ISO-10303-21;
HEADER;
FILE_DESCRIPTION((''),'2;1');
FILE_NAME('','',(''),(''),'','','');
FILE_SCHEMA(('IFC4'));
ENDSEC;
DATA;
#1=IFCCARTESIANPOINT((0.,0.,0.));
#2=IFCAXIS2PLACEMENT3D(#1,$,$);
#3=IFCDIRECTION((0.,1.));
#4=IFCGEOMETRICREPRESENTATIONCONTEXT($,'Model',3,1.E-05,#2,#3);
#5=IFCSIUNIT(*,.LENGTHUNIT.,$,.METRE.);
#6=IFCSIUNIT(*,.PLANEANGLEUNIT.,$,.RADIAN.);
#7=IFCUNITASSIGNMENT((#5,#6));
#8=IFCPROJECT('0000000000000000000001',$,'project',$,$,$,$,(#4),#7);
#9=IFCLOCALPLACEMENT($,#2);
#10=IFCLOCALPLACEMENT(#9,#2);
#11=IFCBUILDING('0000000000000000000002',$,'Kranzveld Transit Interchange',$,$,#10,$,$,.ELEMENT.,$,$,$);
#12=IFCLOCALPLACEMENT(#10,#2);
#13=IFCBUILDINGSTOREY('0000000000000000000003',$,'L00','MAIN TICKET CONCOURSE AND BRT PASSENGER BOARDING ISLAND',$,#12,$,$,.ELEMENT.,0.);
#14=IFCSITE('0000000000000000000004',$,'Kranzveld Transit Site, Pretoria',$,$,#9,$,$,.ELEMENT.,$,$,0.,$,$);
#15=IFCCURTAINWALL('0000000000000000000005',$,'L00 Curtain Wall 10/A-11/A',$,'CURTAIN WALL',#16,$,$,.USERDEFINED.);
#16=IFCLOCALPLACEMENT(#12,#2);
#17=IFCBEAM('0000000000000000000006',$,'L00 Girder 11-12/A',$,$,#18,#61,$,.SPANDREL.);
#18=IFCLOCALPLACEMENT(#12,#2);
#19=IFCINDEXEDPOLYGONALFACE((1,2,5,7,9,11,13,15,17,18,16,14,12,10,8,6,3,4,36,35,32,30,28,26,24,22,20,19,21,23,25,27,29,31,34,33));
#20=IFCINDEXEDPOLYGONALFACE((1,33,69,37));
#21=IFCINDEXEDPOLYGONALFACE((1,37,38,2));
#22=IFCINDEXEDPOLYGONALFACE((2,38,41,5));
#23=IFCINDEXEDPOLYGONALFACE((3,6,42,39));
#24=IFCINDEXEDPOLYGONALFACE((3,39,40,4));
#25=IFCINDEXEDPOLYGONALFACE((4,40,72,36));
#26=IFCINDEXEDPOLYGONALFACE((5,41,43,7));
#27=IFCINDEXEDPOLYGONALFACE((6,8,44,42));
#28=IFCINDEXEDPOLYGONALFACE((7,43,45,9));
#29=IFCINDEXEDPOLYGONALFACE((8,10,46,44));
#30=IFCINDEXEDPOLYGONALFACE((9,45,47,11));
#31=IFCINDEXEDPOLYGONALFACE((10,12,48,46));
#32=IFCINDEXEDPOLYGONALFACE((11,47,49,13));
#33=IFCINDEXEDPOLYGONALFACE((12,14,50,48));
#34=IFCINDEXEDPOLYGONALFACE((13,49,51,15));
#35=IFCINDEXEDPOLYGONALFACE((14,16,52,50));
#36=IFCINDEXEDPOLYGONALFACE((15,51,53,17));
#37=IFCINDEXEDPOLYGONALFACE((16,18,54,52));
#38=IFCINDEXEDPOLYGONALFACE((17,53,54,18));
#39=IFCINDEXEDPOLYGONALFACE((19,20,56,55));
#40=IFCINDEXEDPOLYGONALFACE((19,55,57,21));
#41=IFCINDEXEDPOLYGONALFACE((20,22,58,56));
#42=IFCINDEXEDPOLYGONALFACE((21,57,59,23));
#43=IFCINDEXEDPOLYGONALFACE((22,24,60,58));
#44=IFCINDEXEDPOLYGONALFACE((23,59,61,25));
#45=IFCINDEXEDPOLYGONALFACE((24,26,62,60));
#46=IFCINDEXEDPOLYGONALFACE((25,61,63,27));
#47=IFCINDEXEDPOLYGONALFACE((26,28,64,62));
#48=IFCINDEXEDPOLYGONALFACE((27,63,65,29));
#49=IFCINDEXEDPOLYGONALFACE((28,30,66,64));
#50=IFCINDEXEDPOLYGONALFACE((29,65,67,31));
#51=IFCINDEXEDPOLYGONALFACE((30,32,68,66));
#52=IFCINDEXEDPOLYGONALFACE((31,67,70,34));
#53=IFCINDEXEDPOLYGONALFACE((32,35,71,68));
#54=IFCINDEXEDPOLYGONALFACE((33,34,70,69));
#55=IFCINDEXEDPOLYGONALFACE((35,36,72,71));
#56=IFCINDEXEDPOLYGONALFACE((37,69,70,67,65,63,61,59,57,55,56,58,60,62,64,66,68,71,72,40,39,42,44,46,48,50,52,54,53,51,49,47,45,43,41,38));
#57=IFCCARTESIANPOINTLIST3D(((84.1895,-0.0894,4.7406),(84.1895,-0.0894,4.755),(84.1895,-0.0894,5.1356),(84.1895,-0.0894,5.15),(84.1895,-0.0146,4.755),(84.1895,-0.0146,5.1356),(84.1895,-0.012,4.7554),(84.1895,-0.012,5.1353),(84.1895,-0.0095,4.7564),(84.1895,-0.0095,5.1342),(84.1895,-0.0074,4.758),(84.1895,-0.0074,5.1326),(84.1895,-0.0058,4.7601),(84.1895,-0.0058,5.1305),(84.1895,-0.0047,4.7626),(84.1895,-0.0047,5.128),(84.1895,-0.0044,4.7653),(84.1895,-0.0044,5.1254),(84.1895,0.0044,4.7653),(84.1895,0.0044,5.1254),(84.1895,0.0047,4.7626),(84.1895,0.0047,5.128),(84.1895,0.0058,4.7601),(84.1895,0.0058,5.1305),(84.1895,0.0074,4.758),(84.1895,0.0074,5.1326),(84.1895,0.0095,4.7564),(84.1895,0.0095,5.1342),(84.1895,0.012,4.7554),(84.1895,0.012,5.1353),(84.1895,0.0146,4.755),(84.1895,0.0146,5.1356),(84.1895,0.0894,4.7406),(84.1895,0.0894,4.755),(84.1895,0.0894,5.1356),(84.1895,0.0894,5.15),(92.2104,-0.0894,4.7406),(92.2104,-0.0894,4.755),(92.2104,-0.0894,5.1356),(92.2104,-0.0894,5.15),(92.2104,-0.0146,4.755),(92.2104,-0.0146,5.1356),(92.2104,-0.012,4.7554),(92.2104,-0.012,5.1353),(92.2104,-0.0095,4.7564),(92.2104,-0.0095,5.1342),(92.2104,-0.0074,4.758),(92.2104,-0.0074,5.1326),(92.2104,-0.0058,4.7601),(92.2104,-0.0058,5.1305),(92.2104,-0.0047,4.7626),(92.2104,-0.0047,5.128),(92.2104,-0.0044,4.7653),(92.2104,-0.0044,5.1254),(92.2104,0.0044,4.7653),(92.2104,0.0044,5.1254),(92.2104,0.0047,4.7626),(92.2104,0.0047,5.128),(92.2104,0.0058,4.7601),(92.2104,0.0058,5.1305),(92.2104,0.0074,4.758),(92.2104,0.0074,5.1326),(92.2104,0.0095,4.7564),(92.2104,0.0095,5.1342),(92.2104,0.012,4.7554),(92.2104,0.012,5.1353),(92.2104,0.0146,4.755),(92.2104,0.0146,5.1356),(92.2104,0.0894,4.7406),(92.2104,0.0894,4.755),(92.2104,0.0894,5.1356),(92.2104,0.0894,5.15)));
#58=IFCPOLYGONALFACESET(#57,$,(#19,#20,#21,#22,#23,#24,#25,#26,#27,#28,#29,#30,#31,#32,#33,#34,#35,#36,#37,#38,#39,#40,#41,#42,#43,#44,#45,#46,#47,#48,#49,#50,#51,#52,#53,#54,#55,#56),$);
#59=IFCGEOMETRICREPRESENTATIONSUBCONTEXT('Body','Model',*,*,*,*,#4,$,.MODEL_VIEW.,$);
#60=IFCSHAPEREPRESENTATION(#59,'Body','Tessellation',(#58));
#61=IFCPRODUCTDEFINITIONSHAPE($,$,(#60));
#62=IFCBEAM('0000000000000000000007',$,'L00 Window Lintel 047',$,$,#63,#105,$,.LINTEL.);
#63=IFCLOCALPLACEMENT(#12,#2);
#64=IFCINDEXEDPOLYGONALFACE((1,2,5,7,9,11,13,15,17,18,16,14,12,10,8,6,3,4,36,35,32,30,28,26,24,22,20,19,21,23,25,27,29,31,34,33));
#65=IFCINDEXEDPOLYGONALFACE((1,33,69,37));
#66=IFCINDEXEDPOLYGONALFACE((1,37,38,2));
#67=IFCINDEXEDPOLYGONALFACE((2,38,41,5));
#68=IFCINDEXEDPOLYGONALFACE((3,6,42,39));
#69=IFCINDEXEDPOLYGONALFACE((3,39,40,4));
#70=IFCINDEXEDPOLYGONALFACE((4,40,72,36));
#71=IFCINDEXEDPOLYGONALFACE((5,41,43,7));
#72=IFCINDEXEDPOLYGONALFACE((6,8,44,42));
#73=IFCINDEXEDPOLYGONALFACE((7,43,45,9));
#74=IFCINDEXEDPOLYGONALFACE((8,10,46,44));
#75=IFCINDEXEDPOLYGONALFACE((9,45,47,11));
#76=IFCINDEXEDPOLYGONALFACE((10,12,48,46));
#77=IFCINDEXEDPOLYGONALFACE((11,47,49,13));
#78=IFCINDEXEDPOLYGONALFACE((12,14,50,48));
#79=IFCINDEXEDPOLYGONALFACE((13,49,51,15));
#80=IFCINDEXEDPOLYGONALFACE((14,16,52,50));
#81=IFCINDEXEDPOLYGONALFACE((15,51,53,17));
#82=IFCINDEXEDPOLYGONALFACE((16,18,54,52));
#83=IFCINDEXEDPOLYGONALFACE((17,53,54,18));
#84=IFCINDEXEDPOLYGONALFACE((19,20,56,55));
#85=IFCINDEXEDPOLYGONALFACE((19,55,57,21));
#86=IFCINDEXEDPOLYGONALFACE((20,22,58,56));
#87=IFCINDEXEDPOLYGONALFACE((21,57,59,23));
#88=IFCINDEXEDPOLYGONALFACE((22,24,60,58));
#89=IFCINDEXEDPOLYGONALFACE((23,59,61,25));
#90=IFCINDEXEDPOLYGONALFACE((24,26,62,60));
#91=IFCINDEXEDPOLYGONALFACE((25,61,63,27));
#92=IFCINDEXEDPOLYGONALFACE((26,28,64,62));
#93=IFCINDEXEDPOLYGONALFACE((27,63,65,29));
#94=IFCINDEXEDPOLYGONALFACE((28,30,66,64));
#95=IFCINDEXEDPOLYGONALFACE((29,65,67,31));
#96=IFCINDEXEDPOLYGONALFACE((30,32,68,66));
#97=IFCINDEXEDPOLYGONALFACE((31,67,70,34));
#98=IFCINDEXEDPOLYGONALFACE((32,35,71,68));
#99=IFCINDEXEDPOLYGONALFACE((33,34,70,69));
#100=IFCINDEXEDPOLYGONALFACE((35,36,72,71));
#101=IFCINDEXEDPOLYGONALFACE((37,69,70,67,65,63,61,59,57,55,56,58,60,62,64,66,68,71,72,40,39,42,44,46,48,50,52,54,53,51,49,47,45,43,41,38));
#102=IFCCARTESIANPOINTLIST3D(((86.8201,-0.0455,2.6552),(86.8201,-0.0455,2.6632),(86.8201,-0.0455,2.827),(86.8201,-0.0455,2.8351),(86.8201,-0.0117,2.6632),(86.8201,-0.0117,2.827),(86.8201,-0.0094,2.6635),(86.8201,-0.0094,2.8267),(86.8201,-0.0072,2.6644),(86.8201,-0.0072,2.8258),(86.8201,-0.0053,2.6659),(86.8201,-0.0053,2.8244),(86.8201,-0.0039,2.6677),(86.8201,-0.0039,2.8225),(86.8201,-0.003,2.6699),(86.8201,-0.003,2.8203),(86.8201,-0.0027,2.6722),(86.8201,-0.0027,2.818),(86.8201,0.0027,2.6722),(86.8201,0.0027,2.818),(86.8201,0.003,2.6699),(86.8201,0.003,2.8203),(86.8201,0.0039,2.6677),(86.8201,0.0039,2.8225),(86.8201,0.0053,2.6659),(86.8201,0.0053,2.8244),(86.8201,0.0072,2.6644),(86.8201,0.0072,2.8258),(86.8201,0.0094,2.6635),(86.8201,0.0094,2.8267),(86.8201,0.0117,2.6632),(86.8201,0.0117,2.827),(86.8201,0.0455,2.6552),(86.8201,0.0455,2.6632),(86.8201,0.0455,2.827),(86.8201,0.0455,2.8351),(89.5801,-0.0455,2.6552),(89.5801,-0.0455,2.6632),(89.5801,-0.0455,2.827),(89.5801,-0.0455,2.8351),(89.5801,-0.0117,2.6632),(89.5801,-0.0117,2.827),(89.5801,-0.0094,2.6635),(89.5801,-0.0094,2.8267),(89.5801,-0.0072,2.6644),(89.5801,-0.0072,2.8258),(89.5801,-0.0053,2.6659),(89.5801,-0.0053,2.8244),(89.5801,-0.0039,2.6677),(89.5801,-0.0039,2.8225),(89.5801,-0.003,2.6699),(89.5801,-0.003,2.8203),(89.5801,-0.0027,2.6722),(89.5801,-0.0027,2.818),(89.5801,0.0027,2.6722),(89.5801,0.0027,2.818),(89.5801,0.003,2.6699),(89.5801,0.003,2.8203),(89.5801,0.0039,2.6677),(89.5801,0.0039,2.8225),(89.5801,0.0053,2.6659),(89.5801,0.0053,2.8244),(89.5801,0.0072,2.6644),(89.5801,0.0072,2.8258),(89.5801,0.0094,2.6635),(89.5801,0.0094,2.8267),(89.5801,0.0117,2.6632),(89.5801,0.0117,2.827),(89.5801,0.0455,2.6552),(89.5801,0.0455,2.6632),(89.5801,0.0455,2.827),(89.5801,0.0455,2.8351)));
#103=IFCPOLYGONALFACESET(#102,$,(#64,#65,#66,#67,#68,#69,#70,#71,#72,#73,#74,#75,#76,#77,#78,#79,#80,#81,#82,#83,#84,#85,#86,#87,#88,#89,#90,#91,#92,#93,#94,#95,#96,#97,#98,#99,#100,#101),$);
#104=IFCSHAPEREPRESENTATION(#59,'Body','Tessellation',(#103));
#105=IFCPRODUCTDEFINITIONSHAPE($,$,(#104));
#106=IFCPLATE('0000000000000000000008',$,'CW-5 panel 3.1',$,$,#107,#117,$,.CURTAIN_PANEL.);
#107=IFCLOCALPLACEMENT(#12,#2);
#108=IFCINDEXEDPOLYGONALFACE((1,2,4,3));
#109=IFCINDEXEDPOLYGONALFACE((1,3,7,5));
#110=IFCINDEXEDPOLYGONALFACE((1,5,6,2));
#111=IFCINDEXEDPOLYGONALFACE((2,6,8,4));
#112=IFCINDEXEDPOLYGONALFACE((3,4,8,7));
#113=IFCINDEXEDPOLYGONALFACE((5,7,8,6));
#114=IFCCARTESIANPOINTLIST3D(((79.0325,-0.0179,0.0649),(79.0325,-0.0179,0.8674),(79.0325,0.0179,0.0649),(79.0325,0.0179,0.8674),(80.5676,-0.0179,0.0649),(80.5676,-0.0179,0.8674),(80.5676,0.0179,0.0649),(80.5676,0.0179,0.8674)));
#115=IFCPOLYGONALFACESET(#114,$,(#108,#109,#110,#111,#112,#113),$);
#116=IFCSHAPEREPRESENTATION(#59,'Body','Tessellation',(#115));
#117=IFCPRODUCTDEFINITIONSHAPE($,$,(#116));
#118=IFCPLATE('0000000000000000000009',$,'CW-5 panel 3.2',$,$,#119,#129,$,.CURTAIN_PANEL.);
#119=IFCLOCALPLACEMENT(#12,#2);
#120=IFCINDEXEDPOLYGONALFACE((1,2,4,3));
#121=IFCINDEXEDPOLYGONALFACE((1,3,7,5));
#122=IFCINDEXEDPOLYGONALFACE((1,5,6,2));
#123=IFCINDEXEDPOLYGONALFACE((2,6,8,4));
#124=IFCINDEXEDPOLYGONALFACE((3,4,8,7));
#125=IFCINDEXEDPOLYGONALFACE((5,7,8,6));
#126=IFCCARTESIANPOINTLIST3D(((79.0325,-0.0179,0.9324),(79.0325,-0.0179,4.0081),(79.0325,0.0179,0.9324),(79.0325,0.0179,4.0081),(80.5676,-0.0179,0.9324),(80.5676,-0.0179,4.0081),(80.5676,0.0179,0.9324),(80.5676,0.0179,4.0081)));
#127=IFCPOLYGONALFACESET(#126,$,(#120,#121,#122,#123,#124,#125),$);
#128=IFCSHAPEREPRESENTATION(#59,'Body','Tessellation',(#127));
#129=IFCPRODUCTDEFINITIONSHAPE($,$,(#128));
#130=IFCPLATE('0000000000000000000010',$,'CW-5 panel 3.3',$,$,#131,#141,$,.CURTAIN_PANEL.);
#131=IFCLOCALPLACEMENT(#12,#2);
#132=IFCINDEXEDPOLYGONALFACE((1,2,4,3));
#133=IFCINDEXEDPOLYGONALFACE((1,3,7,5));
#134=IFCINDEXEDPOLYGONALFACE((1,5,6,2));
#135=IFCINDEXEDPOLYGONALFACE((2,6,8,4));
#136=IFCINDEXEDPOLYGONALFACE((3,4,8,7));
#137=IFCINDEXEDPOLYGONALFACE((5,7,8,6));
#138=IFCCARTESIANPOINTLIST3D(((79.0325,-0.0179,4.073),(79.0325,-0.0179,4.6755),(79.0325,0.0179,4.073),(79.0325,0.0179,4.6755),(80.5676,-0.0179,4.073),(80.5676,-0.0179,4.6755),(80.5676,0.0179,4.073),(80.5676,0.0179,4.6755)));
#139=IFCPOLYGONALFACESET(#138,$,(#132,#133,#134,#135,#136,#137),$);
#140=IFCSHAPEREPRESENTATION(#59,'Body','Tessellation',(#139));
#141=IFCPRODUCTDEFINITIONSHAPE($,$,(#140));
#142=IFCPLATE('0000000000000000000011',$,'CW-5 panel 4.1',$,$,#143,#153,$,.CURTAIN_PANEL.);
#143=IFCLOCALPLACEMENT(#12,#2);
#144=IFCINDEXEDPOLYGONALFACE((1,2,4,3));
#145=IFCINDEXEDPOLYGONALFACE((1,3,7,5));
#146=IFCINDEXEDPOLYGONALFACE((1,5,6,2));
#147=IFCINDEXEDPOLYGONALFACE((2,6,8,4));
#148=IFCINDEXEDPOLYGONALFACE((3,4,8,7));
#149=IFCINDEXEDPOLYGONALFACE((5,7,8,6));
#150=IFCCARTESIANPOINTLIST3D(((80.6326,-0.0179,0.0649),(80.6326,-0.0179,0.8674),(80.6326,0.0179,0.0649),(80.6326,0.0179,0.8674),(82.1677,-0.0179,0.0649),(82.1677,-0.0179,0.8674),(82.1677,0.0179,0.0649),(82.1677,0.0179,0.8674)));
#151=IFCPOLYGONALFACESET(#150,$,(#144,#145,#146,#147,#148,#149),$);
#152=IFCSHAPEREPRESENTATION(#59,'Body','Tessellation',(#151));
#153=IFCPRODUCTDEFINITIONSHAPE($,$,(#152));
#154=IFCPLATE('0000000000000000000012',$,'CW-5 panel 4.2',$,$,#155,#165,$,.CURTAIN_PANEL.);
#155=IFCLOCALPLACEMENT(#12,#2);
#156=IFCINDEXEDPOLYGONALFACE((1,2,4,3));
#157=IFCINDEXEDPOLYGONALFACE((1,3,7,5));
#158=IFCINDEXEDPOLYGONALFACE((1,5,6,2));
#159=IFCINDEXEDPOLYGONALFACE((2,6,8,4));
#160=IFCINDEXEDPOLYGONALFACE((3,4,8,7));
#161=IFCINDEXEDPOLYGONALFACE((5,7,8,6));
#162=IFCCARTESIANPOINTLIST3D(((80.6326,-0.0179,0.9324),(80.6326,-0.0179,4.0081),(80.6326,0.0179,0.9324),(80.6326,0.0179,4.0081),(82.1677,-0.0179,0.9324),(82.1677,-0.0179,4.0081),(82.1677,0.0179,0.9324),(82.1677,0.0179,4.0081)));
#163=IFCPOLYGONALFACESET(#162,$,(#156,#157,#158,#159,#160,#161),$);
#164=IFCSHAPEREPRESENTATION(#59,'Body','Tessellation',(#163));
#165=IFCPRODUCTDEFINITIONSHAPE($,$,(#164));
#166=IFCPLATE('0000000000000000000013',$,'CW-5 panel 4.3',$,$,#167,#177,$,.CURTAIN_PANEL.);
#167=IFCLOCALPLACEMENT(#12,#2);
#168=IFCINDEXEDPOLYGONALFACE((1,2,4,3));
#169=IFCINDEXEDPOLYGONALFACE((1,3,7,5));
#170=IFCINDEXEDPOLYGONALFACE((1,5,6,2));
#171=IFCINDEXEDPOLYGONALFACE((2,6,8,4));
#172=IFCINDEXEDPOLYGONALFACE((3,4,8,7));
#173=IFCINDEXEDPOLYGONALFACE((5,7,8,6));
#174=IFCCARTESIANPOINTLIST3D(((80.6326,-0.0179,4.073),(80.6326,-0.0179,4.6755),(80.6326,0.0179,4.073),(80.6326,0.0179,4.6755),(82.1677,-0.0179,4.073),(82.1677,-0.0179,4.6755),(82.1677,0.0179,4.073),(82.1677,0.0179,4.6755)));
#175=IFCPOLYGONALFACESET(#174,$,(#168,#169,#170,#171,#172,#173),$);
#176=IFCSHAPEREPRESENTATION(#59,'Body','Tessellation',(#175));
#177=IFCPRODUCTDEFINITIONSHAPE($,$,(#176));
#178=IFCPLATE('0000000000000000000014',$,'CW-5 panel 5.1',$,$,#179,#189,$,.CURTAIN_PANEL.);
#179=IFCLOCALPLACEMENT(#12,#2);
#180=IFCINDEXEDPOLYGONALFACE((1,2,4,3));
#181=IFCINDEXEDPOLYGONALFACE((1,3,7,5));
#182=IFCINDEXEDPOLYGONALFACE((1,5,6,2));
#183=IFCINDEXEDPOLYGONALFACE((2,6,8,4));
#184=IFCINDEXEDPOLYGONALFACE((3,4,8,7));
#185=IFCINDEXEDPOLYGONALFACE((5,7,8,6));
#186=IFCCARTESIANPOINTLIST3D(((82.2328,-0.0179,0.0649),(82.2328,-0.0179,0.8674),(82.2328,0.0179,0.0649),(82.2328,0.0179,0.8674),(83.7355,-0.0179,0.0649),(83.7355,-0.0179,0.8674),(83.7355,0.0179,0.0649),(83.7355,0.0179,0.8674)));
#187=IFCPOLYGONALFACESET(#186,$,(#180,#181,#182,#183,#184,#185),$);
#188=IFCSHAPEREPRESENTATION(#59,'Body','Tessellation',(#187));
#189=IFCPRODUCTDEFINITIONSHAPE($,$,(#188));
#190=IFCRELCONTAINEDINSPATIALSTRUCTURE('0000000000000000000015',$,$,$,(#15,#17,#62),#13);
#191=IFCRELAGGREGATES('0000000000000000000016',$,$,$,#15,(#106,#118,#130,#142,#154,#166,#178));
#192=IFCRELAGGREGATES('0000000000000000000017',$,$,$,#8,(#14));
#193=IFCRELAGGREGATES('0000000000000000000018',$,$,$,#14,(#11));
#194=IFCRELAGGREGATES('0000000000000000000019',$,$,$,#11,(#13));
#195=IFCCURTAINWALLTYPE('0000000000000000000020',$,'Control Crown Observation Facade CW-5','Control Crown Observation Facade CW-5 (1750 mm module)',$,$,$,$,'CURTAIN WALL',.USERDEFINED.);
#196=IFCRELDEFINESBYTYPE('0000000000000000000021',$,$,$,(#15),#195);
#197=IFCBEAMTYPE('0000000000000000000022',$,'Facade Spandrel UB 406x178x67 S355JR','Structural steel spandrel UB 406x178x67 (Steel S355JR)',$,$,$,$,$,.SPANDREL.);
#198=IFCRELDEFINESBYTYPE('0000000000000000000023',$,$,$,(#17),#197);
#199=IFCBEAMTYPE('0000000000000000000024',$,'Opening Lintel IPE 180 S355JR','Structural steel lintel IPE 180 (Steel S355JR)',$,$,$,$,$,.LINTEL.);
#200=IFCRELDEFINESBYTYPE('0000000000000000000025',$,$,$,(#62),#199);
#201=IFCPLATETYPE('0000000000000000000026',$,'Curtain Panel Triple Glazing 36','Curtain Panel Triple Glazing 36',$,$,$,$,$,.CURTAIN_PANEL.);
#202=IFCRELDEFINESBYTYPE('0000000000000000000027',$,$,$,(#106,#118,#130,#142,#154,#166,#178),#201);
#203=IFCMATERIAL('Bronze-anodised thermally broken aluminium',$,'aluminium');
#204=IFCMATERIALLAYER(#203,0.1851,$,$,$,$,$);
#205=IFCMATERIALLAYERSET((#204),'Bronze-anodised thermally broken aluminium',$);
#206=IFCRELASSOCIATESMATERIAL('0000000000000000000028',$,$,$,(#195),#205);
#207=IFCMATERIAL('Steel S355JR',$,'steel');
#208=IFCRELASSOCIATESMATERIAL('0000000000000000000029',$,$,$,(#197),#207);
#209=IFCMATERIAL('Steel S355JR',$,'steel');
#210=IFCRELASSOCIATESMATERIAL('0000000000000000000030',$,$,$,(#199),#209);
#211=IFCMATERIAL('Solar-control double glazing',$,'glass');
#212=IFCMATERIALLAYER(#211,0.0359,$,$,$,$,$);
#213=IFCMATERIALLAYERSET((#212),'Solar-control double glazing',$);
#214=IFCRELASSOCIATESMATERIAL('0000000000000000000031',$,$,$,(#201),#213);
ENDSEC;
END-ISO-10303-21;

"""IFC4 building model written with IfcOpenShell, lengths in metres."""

from ifc_helpers import new_model, si_unit, direction, frame, origin, origin_2d, place, context, subcontext, project, spatial, rectangle, i_section, extrude, material, layer, layer_set, material_profile, profile_set, type_object, element, aggregate, save


model = new_model("IFC4")

# Units and contexts
model_context = context("Model", 3, precision=1e-05, world=origin(), true_north=direction((0.0, 1.0)))
body_context = subcontext(model_context, "Body", "Model", "MODEL_VIEW")
ifc_project = project(units=[si_unit("LENGTHUNIT", "METRE"), si_unit("PLANEANGLEUNIT", "RADIAN")], contexts=[model_context])

# Site, building, storey
site_placement = place(None, origin())
site = spatial("IfcSite", under=ifc_project, at=site_placement, Name="Kranzveld Transit Site, Pretoria", CompositionType="ELEMENT", RefElevation=0.0)
building_placement = place(site_placement, origin())
building = spatial("IfcBuilding", under=site, at=building_placement, Name="Kranzveld Transit Interchange", CompositionType="ELEMENT")
storey_placement = place(building_placement, origin())
storey = spatial("IfcBuildingStorey", under=building, at=storey_placement, Name="L00", Description="MAIN TICKET CONCOURSE AND BRT PASSENGER BOARDING ISLAND", CompositionType="ELEMENT", Elevation=0.0)

# Curtain wall
ifc_material_1 = material(Name="Bronze-anodised thermally broken aluminium", Category="aluminium")
ifc_layer_1 = layer(ifc_material_1, 0.1851)
ifc_layer_set_1 = layer_set([ifc_layer_1], Name="Bronze-anodised thermally broken aluminium")
curtain_wall_type = type_object("IfcCurtainWallType", Name="Control Crown Observation Facade CW-5", Description="Control Crown Observation Facade CW-5 (1750 mm module)", ElementType="CURTAIN WALL", PredefinedType="USERDEFINED", material=ifc_layer_set_1)
curtain_wall_placement = place(storey_placement, origin())
curtain_wall = element("IfcCurtainWall", 1, at=curtain_wall_placement, inside=storey, type_object=curtain_wall_type, Name="L00 Curtain Wall 10/A-11/A", ObjectType="CURTAIN WALL", PredefinedType="USERDEFINED")

# Beams
ifc_material_2 = material(Name="Steel S355JR", Category="steel")
ifc_material_profile_1 = material_profile(ifc_material_2, i_section(OverallWidth=0.1787, OverallDepth=0.4094, WebThickness=0.0088, FlangeThickness=0.0144, FilletRadius=0.0103, at=origin_2d()), Name="UB 406x178x67")
ifc_profile_set_1 = profile_set([ifc_material_profile_1], Name="Steel S355JR")
beam_type_1 = type_object("IfcBeamType", Name="Facade Spandrel UB 406x178x67 S355JR", Description="Structural steel spandrel UB 406x178x67 (Steel S355JR)", PredefinedType="SPANDREL", material=ifc_profile_set_1)
beam_1_placement = place(storey_placement, frame((84.1895, 0.0, 4.9453), z_axis=(1.0, 0.0, 0.0), x_axis=(0.0, 1.0, 0.0)))
element("IfcBeam", 2, at=beam_1_placement, inside=storey, type_object=beam_type_1, Name="L00 Girder 11-12/A", PredefinedType="SPANDREL", context=body_context, shape_type="SweptSolid", body=[
    extrude(i_section(OverallWidth=0.1787, OverallDepth=0.4094, WebThickness=0.0088, FlangeThickness=0.0144, FilletRadius=0.0103, at=origin_2d()), origin(), (0.0, 0.0, 1.0), 8.021),
])
ifc_material_3 = material(Name="Steel S355JR", Category="steel")
ifc_material_profile_2 = material_profile(ifc_material_3, i_section(OverallWidth=0.0911, OverallDepth=0.1799, WebThickness=0.0054, FlangeThickness=0.0081, FilletRadius=0.009, at=origin_2d()), Name="IPE 180")
ifc_profile_set_2 = profile_set([ifc_material_profile_2], Name="Steel S355JR")
beam_type_2 = type_object("IfcBeamType", Name="Opening Lintel IPE 180 S355JR", Description="Structural steel lintel IPE 180 (Steel S355JR)", PredefinedType="LINTEL", material=ifc_profile_set_2)
beam_2_placement = place(storey_placement, frame((86.8201, 0.0, 2.7451), z_axis=(1.0, 0.0, 0.0), x_axis=(0.0, 1.0, 0.0)))
element("IfcBeam", 3, at=beam_2_placement, inside=storey, type_object=beam_type_2, Name="L00 Window Lintel 047", PredefinedType="LINTEL", context=body_context, shape_type="SweptSolid", body=[
    extrude(i_section(OverallWidth=0.0911, OverallDepth=0.1799, WebThickness=0.0054, FlangeThickness=0.0081, FilletRadius=0.009, at=origin_2d()), origin(), (0.0, 0.0, 1.0), 2.76),
])

# Plates
ifc_material_4 = material(Name="Solar-control double glazing", Category="glass")
ifc_layer_2 = layer(ifc_material_4, 0.0359)
ifc_layer_set_2 = layer_set([ifc_layer_2], Name="Solar-control double glazing")
plate_type = type_object("IfcPlateType", Name="Curtain Panel Triple Glazing 36", Description="Curtain Panel Triple Glazing 36", PredefinedType="CURTAIN_PANEL", material=ifc_layer_set_2)
plate_1_placement = place(storey_placement, frame((79.8, 0.0, 0.0649), z_axis=(0.0, 0.0, 1.0), x_axis=(1.0, 0.0, 0.0)))
plate_1 = element("IfcPlate", 4, at=plate_1_placement, type_object=plate_type, Name="CW-5 panel 3.1", PredefinedType="CURTAIN_PANEL", context=body_context, shape_type="SweptSolid", body=[
    extrude(rectangle(XDim=1.5352, YDim=0.0359, at=origin_2d()), origin(), (0.0, 0.0, 1.0), 0.8025),
])
plate_2_placement = place(storey_placement, frame((79.8, 0.0, 0.9324), z_axis=(0.0, 0.0, 1.0), x_axis=(1.0, 0.0, 0.0)))
plate_2 = element("IfcPlate", 5, at=plate_2_placement, type_object=plate_type, Name="CW-5 panel 3.2", PredefinedType="CURTAIN_PANEL", context=body_context, shape_type="SweptSolid", body=[
    extrude(rectangle(XDim=1.5352, YDim=0.0359, at=origin_2d()), origin(), (0.0, 0.0, 1.0), 3.0757),
])
plate_3_placement = place(storey_placement, frame((79.8, 0.0, 4.073), z_axis=(0.0, 0.0, 1.0), x_axis=(1.0, 0.0, 0.0)))
plate_3 = element("IfcPlate", 6, at=plate_3_placement, type_object=plate_type, Name="CW-5 panel 3.3", PredefinedType="CURTAIN_PANEL", context=body_context, shape_type="SweptSolid", body=[
    extrude(rectangle(XDim=1.5352, YDim=0.0359, at=origin_2d()), origin(), (0.0, 0.0, 1.0), 0.6025),
])
plate_4_placement = place(storey_placement, frame((81.4001, 0.0, 0.0649), z_axis=(0.0, 0.0, 1.0), x_axis=(1.0, 0.0, 0.0)))
plate_4 = element("IfcPlate", 7, at=plate_4_placement, type_object=plate_type, Name="CW-5 panel 4.1", PredefinedType="CURTAIN_PANEL", context=body_context, shape_type="SweptSolid", body=[
    extrude(rectangle(XDim=1.5352, YDim=0.0359, at=origin_2d()), origin(), (0.0, 0.0, 1.0), 0.8025),
])
plate_5_placement = place(storey_placement, frame((81.4001, 0.0, 0.9324), z_axis=(0.0, 0.0, 1.0), x_axis=(1.0, 0.0, 0.0)))
plate_5 = element("IfcPlate", 8, at=plate_5_placement, type_object=plate_type, Name="CW-5 panel 4.2", PredefinedType="CURTAIN_PANEL", context=body_context, shape_type="SweptSolid", body=[
    extrude(rectangle(XDim=1.5352, YDim=0.0359, at=origin_2d()), origin(), (0.0, 0.0, 1.0), 3.0757),
])
plate_6_placement = place(storey_placement, frame((81.4001, 0.0, 4.073), z_axis=(0.0, 0.0, 1.0), x_axis=(1.0, 0.0, 0.0)))
plate_6 = element("IfcPlate", 9, at=plate_6_placement, type_object=plate_type, Name="CW-5 panel 4.3", PredefinedType="CURTAIN_PANEL", context=body_context, shape_type="SweptSolid", body=[
    extrude(rectangle(XDim=1.5352, YDim=0.0359, at=origin_2d()), origin(), (0.0, 0.0, 1.0), 0.6025),
])
plate_7_placement = place(storey_placement, frame((82.9841, 0.0, 0.0649), z_axis=(0.0, 0.0, 1.0), x_axis=(1.0, 0.0, 0.0)))
plate_7 = element("IfcPlate", 10, at=plate_7_placement, type_object=plate_type, Name="CW-5 panel 5.1", PredefinedType="CURTAIN_PANEL", context=body_context, shape_type="SweptSolid", body=[
    extrude(rectangle(XDim=1.5027, YDim=0.0359, at=origin_2d()), origin(), (0.0, 0.0, 1.0), 0.8025),
])
aggregate(curtain_wall, [plate_1, plate_2, plate_3, plate_4, plate_5, plate_6, plate_7])

save(model, "model.ifc")
